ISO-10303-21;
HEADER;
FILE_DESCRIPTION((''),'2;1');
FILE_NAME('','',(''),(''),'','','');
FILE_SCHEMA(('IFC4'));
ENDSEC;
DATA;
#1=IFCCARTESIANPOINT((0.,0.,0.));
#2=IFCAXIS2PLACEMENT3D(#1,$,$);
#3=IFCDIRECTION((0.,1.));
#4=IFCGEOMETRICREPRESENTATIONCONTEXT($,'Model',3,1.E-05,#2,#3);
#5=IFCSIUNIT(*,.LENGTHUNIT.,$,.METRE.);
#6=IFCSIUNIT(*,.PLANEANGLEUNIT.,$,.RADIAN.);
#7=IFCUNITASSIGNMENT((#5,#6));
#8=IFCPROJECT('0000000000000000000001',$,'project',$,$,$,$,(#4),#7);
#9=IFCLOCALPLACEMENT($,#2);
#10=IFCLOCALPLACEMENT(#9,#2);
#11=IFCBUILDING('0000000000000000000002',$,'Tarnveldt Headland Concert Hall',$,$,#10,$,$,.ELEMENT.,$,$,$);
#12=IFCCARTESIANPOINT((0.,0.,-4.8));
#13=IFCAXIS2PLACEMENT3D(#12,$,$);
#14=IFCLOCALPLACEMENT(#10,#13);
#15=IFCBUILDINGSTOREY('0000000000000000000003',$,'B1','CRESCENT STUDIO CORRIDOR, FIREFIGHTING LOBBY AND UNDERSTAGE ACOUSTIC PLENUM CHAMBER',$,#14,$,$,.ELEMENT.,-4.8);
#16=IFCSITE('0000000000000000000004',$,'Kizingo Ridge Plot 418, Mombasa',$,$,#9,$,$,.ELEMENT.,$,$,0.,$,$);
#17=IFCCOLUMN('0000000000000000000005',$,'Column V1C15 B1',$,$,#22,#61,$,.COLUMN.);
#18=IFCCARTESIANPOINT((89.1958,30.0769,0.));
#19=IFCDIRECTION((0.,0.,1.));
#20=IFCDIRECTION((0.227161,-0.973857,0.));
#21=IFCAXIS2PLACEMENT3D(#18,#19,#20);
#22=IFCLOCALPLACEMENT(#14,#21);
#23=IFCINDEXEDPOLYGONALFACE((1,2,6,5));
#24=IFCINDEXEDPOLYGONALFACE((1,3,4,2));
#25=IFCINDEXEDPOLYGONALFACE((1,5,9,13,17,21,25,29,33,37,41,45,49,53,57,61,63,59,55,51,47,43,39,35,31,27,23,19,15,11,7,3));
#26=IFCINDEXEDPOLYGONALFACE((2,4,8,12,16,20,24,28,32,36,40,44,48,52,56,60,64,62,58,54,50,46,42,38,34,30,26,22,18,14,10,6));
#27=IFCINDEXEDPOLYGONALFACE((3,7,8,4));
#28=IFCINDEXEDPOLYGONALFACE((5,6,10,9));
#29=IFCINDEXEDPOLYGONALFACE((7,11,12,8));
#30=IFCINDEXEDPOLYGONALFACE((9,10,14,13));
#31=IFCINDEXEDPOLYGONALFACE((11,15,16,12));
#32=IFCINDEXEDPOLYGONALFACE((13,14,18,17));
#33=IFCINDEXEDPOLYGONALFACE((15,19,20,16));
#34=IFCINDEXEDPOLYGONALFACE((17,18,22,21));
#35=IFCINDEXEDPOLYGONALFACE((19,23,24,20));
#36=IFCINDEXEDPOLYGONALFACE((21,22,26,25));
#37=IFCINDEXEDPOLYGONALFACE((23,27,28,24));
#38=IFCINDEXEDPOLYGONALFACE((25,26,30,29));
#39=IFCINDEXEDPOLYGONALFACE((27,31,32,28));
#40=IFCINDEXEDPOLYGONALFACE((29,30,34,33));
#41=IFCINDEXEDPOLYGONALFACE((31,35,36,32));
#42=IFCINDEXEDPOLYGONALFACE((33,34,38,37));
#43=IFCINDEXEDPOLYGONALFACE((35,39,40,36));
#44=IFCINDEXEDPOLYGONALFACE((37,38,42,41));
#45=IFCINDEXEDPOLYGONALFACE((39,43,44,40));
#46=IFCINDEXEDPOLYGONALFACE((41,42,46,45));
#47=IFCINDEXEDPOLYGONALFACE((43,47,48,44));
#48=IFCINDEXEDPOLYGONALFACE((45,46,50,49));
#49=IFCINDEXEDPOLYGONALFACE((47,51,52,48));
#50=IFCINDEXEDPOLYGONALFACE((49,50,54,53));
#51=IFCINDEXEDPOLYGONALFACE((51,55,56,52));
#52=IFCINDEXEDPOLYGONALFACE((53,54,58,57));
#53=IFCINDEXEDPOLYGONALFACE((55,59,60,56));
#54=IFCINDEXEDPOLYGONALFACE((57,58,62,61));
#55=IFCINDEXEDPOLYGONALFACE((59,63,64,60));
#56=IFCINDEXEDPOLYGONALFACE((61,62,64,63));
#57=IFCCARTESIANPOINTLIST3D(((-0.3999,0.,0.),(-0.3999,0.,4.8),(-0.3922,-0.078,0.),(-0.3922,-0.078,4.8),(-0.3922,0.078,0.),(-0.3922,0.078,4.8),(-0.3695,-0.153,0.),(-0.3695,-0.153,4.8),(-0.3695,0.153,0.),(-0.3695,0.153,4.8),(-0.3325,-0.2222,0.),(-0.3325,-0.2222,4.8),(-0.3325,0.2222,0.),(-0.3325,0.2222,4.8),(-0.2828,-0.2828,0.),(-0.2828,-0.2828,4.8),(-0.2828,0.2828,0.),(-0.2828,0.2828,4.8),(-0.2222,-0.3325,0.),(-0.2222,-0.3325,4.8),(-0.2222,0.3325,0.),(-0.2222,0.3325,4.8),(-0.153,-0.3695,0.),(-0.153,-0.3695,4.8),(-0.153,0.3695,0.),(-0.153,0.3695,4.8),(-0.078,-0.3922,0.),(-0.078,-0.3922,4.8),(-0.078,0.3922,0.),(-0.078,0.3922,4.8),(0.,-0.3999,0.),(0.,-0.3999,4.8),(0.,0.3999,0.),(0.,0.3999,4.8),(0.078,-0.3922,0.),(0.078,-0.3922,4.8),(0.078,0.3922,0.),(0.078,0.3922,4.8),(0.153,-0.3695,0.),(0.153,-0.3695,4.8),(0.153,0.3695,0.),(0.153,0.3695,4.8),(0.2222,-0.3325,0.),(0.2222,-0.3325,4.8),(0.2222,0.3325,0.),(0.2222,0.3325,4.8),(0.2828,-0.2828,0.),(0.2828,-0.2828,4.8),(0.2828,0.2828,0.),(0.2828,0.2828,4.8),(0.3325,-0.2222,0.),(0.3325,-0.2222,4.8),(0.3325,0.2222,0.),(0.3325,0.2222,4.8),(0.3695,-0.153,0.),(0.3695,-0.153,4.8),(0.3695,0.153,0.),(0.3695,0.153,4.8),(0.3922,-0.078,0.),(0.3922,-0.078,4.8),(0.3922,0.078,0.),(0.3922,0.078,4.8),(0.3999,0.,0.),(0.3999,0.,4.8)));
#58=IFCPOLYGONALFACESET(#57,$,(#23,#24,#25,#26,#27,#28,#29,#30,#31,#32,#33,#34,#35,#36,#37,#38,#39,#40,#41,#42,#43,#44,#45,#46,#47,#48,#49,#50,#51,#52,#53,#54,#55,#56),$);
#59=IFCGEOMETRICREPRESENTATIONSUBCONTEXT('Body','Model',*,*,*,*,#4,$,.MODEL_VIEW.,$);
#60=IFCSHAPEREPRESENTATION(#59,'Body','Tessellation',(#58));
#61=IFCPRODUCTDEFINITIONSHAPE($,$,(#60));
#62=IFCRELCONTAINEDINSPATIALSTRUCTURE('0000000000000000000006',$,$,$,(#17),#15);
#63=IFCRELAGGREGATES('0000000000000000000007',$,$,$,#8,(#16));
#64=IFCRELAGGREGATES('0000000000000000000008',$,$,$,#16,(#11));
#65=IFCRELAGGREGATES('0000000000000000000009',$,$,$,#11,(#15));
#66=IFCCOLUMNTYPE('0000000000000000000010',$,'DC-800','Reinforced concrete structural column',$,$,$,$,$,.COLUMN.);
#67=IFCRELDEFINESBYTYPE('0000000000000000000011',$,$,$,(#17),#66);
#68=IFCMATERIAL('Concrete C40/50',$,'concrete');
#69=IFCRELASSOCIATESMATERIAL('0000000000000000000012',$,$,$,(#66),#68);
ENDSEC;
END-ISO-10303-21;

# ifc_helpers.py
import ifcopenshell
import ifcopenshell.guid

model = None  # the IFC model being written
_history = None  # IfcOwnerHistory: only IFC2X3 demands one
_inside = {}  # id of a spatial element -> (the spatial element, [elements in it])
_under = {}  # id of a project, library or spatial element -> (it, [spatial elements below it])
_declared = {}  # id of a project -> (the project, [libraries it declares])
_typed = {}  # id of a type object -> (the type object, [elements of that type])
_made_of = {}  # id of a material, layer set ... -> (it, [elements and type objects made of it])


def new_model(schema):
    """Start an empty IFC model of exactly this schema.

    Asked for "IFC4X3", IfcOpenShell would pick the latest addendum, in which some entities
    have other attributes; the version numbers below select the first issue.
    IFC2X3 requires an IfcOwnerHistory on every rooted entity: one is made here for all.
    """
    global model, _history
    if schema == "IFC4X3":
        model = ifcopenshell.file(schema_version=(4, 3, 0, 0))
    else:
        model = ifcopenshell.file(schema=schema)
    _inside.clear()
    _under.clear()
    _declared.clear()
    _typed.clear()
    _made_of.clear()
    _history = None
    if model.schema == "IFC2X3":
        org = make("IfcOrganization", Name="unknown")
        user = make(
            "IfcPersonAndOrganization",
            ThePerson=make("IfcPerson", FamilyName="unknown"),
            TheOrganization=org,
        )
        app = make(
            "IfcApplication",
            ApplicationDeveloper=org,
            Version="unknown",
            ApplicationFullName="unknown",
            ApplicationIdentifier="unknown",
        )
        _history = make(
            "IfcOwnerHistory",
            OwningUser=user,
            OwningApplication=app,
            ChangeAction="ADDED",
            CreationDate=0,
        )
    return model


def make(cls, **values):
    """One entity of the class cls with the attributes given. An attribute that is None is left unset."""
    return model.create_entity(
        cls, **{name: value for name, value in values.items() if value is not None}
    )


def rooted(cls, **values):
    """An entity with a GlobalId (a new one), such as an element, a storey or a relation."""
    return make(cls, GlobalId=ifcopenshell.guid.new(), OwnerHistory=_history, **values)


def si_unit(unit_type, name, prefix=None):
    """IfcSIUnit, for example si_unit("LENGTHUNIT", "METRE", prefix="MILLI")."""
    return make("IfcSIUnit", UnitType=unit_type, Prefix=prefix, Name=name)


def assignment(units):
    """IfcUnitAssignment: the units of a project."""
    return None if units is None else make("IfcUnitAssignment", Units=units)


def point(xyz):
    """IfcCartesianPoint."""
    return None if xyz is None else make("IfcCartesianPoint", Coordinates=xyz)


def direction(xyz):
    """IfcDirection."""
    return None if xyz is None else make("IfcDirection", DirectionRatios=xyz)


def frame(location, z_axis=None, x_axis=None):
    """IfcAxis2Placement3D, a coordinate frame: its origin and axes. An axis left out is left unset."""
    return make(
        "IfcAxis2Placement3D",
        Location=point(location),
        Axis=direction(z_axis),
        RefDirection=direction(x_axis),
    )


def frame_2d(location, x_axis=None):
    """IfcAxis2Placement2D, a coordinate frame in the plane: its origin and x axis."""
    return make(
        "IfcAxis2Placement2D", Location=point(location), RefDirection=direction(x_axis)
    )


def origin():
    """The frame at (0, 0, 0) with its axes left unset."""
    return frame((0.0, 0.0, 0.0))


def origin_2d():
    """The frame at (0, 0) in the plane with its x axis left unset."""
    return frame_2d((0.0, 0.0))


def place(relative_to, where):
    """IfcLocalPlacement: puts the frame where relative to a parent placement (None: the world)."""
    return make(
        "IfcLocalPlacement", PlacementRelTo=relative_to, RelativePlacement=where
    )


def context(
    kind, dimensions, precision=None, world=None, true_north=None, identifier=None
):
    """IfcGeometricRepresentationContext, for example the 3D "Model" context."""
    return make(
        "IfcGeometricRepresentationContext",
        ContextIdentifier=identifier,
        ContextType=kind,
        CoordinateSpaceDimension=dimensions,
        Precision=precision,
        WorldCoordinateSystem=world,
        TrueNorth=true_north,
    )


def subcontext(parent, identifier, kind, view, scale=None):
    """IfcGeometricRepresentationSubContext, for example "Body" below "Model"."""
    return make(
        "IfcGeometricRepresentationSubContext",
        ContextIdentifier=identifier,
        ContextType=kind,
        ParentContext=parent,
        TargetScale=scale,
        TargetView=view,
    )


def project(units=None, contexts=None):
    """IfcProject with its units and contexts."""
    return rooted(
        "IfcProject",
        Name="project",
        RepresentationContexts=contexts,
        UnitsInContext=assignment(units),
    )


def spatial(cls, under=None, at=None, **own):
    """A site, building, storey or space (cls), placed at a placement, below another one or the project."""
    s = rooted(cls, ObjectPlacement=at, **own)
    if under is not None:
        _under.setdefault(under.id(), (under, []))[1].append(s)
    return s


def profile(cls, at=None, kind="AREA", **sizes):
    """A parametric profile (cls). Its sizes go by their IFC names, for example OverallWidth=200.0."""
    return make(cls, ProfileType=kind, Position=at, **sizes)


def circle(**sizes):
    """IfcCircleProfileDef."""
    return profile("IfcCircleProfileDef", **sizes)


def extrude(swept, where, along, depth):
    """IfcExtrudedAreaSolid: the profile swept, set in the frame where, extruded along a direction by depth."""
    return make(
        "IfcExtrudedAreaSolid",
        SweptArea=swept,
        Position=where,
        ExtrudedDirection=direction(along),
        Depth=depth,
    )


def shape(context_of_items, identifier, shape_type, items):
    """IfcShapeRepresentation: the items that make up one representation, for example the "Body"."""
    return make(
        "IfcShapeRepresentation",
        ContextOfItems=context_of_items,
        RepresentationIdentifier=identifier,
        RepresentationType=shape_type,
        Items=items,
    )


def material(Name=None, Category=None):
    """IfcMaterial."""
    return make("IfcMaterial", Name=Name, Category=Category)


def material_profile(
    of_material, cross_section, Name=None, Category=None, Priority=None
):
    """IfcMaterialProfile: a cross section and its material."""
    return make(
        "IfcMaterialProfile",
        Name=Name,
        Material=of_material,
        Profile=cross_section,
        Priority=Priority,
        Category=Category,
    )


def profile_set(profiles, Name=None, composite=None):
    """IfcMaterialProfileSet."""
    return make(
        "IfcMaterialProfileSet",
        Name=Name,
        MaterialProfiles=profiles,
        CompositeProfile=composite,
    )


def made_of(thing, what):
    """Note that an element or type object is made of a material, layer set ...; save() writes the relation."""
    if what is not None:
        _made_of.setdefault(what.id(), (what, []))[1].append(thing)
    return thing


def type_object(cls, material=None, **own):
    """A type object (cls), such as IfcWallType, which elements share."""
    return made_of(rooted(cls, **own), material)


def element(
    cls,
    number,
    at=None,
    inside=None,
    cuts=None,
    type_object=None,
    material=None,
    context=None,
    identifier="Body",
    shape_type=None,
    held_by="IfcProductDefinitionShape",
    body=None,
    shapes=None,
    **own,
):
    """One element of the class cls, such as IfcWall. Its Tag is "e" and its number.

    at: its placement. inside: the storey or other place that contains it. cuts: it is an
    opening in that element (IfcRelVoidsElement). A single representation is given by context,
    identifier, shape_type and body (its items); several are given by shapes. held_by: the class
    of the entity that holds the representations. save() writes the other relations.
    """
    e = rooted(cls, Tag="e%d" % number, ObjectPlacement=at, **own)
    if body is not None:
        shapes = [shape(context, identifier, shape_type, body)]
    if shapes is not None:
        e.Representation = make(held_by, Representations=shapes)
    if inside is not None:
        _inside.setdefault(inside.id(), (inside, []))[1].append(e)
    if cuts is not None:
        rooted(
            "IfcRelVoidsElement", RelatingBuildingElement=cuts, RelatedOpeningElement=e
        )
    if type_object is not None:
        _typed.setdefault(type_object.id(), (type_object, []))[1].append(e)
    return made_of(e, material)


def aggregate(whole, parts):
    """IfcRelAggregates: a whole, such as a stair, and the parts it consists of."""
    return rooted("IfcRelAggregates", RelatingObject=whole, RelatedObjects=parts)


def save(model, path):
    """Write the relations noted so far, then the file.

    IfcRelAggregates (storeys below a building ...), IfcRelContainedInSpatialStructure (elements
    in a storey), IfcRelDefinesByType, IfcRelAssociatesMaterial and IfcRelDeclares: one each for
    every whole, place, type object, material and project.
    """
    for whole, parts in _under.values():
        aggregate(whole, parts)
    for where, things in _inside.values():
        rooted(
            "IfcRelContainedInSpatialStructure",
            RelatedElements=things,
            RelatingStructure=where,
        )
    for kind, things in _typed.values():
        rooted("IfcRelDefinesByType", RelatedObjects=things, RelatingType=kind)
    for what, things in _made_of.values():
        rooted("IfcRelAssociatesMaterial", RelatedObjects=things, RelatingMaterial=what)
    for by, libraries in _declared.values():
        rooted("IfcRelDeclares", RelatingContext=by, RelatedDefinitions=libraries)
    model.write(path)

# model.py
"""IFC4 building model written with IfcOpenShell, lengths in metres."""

from ifc_helpers import new_model, si_unit, direction, frame, origin, origin_2d, place, context, subcontext, project, spatial, circle, extrude, material, material_profile, profile_set, type_object, element, save


model = new_model("IFC4")

# Units and contexts
model_context = context("Model", 3, precision=1e-05, world=origin(), true_north=direction((0.0, 1.0)))
body_context = subcontext(model_context, "Body", "Model", "MODEL_VIEW")
ifc_project = project(units=[si_unit("LENGTHUNIT", "METRE"), si_unit("PLANEANGLEUNIT", "RADIAN")], contexts=[model_context])

# Site, building, storey
site_placement = place(None, origin())
site = spatial("IfcSite", under=ifc_project, at=site_placement, Name="Kizingo Ridge Plot 418, Mombasa", CompositionType="ELEMENT", RefElevation=0.0)
building_placement = place(site_placement, origin())
building = spatial("IfcBuilding", under=site, at=building_placement, Name="Tarnveldt Headland Concert Hall", CompositionType="ELEMENT")
storey_placement = place(building_placement, frame((0.0, 0.0, -4.8)))
storey = spatial("IfcBuildingStorey", under=building, at=storey_placement, Name="B1", Description="CRESCENT STUDIO CORRIDOR, FIREFIGHTING LOBBY AND UNDERSTAGE ACOUSTIC PLENUM CHAMBER", CompositionType="ELEMENT", Elevation=-4.8)

# Shared definitions
ifc_material_1 = material(Name="Concrete C40/50", Category="concrete")

# Column
ifc_material_profile_1 = material_profile(ifc_material_1, circle(Radius=0.3999, at=origin_2d()), Name="RC D800", Category="concrete")
ifc_profile_set_1 = profile_set([ifc_material_profile_1], Name="Concrete C40/50")
column_type_1 = type_object("IfcColumnType", Name="DC-800", Description="Reinforced concrete structural column", PredefinedType="COLUMN", material=ifc_profile_set_1)
column_1_placement = place(storey_placement, frame((89.1958, 30.0769, 0.0), z_axis=(0.0, 0.0, 1.0), x_axis=(0.227161, -0.973857, 0.0)))
element("IfcColumn", 1, at=column_1_placement, inside=storey, type_object=column_type_1, Name="Column V1C15 B1", PredefinedType="COLUMN", context=body_context, shape_type="SweptSolid", body=[
    extrude(circle(Radius=0.3999, at=origin_2d()), origin(), (0.0, 0.0, 1.0), 4.8),
])

save(model, "model.ifc")
